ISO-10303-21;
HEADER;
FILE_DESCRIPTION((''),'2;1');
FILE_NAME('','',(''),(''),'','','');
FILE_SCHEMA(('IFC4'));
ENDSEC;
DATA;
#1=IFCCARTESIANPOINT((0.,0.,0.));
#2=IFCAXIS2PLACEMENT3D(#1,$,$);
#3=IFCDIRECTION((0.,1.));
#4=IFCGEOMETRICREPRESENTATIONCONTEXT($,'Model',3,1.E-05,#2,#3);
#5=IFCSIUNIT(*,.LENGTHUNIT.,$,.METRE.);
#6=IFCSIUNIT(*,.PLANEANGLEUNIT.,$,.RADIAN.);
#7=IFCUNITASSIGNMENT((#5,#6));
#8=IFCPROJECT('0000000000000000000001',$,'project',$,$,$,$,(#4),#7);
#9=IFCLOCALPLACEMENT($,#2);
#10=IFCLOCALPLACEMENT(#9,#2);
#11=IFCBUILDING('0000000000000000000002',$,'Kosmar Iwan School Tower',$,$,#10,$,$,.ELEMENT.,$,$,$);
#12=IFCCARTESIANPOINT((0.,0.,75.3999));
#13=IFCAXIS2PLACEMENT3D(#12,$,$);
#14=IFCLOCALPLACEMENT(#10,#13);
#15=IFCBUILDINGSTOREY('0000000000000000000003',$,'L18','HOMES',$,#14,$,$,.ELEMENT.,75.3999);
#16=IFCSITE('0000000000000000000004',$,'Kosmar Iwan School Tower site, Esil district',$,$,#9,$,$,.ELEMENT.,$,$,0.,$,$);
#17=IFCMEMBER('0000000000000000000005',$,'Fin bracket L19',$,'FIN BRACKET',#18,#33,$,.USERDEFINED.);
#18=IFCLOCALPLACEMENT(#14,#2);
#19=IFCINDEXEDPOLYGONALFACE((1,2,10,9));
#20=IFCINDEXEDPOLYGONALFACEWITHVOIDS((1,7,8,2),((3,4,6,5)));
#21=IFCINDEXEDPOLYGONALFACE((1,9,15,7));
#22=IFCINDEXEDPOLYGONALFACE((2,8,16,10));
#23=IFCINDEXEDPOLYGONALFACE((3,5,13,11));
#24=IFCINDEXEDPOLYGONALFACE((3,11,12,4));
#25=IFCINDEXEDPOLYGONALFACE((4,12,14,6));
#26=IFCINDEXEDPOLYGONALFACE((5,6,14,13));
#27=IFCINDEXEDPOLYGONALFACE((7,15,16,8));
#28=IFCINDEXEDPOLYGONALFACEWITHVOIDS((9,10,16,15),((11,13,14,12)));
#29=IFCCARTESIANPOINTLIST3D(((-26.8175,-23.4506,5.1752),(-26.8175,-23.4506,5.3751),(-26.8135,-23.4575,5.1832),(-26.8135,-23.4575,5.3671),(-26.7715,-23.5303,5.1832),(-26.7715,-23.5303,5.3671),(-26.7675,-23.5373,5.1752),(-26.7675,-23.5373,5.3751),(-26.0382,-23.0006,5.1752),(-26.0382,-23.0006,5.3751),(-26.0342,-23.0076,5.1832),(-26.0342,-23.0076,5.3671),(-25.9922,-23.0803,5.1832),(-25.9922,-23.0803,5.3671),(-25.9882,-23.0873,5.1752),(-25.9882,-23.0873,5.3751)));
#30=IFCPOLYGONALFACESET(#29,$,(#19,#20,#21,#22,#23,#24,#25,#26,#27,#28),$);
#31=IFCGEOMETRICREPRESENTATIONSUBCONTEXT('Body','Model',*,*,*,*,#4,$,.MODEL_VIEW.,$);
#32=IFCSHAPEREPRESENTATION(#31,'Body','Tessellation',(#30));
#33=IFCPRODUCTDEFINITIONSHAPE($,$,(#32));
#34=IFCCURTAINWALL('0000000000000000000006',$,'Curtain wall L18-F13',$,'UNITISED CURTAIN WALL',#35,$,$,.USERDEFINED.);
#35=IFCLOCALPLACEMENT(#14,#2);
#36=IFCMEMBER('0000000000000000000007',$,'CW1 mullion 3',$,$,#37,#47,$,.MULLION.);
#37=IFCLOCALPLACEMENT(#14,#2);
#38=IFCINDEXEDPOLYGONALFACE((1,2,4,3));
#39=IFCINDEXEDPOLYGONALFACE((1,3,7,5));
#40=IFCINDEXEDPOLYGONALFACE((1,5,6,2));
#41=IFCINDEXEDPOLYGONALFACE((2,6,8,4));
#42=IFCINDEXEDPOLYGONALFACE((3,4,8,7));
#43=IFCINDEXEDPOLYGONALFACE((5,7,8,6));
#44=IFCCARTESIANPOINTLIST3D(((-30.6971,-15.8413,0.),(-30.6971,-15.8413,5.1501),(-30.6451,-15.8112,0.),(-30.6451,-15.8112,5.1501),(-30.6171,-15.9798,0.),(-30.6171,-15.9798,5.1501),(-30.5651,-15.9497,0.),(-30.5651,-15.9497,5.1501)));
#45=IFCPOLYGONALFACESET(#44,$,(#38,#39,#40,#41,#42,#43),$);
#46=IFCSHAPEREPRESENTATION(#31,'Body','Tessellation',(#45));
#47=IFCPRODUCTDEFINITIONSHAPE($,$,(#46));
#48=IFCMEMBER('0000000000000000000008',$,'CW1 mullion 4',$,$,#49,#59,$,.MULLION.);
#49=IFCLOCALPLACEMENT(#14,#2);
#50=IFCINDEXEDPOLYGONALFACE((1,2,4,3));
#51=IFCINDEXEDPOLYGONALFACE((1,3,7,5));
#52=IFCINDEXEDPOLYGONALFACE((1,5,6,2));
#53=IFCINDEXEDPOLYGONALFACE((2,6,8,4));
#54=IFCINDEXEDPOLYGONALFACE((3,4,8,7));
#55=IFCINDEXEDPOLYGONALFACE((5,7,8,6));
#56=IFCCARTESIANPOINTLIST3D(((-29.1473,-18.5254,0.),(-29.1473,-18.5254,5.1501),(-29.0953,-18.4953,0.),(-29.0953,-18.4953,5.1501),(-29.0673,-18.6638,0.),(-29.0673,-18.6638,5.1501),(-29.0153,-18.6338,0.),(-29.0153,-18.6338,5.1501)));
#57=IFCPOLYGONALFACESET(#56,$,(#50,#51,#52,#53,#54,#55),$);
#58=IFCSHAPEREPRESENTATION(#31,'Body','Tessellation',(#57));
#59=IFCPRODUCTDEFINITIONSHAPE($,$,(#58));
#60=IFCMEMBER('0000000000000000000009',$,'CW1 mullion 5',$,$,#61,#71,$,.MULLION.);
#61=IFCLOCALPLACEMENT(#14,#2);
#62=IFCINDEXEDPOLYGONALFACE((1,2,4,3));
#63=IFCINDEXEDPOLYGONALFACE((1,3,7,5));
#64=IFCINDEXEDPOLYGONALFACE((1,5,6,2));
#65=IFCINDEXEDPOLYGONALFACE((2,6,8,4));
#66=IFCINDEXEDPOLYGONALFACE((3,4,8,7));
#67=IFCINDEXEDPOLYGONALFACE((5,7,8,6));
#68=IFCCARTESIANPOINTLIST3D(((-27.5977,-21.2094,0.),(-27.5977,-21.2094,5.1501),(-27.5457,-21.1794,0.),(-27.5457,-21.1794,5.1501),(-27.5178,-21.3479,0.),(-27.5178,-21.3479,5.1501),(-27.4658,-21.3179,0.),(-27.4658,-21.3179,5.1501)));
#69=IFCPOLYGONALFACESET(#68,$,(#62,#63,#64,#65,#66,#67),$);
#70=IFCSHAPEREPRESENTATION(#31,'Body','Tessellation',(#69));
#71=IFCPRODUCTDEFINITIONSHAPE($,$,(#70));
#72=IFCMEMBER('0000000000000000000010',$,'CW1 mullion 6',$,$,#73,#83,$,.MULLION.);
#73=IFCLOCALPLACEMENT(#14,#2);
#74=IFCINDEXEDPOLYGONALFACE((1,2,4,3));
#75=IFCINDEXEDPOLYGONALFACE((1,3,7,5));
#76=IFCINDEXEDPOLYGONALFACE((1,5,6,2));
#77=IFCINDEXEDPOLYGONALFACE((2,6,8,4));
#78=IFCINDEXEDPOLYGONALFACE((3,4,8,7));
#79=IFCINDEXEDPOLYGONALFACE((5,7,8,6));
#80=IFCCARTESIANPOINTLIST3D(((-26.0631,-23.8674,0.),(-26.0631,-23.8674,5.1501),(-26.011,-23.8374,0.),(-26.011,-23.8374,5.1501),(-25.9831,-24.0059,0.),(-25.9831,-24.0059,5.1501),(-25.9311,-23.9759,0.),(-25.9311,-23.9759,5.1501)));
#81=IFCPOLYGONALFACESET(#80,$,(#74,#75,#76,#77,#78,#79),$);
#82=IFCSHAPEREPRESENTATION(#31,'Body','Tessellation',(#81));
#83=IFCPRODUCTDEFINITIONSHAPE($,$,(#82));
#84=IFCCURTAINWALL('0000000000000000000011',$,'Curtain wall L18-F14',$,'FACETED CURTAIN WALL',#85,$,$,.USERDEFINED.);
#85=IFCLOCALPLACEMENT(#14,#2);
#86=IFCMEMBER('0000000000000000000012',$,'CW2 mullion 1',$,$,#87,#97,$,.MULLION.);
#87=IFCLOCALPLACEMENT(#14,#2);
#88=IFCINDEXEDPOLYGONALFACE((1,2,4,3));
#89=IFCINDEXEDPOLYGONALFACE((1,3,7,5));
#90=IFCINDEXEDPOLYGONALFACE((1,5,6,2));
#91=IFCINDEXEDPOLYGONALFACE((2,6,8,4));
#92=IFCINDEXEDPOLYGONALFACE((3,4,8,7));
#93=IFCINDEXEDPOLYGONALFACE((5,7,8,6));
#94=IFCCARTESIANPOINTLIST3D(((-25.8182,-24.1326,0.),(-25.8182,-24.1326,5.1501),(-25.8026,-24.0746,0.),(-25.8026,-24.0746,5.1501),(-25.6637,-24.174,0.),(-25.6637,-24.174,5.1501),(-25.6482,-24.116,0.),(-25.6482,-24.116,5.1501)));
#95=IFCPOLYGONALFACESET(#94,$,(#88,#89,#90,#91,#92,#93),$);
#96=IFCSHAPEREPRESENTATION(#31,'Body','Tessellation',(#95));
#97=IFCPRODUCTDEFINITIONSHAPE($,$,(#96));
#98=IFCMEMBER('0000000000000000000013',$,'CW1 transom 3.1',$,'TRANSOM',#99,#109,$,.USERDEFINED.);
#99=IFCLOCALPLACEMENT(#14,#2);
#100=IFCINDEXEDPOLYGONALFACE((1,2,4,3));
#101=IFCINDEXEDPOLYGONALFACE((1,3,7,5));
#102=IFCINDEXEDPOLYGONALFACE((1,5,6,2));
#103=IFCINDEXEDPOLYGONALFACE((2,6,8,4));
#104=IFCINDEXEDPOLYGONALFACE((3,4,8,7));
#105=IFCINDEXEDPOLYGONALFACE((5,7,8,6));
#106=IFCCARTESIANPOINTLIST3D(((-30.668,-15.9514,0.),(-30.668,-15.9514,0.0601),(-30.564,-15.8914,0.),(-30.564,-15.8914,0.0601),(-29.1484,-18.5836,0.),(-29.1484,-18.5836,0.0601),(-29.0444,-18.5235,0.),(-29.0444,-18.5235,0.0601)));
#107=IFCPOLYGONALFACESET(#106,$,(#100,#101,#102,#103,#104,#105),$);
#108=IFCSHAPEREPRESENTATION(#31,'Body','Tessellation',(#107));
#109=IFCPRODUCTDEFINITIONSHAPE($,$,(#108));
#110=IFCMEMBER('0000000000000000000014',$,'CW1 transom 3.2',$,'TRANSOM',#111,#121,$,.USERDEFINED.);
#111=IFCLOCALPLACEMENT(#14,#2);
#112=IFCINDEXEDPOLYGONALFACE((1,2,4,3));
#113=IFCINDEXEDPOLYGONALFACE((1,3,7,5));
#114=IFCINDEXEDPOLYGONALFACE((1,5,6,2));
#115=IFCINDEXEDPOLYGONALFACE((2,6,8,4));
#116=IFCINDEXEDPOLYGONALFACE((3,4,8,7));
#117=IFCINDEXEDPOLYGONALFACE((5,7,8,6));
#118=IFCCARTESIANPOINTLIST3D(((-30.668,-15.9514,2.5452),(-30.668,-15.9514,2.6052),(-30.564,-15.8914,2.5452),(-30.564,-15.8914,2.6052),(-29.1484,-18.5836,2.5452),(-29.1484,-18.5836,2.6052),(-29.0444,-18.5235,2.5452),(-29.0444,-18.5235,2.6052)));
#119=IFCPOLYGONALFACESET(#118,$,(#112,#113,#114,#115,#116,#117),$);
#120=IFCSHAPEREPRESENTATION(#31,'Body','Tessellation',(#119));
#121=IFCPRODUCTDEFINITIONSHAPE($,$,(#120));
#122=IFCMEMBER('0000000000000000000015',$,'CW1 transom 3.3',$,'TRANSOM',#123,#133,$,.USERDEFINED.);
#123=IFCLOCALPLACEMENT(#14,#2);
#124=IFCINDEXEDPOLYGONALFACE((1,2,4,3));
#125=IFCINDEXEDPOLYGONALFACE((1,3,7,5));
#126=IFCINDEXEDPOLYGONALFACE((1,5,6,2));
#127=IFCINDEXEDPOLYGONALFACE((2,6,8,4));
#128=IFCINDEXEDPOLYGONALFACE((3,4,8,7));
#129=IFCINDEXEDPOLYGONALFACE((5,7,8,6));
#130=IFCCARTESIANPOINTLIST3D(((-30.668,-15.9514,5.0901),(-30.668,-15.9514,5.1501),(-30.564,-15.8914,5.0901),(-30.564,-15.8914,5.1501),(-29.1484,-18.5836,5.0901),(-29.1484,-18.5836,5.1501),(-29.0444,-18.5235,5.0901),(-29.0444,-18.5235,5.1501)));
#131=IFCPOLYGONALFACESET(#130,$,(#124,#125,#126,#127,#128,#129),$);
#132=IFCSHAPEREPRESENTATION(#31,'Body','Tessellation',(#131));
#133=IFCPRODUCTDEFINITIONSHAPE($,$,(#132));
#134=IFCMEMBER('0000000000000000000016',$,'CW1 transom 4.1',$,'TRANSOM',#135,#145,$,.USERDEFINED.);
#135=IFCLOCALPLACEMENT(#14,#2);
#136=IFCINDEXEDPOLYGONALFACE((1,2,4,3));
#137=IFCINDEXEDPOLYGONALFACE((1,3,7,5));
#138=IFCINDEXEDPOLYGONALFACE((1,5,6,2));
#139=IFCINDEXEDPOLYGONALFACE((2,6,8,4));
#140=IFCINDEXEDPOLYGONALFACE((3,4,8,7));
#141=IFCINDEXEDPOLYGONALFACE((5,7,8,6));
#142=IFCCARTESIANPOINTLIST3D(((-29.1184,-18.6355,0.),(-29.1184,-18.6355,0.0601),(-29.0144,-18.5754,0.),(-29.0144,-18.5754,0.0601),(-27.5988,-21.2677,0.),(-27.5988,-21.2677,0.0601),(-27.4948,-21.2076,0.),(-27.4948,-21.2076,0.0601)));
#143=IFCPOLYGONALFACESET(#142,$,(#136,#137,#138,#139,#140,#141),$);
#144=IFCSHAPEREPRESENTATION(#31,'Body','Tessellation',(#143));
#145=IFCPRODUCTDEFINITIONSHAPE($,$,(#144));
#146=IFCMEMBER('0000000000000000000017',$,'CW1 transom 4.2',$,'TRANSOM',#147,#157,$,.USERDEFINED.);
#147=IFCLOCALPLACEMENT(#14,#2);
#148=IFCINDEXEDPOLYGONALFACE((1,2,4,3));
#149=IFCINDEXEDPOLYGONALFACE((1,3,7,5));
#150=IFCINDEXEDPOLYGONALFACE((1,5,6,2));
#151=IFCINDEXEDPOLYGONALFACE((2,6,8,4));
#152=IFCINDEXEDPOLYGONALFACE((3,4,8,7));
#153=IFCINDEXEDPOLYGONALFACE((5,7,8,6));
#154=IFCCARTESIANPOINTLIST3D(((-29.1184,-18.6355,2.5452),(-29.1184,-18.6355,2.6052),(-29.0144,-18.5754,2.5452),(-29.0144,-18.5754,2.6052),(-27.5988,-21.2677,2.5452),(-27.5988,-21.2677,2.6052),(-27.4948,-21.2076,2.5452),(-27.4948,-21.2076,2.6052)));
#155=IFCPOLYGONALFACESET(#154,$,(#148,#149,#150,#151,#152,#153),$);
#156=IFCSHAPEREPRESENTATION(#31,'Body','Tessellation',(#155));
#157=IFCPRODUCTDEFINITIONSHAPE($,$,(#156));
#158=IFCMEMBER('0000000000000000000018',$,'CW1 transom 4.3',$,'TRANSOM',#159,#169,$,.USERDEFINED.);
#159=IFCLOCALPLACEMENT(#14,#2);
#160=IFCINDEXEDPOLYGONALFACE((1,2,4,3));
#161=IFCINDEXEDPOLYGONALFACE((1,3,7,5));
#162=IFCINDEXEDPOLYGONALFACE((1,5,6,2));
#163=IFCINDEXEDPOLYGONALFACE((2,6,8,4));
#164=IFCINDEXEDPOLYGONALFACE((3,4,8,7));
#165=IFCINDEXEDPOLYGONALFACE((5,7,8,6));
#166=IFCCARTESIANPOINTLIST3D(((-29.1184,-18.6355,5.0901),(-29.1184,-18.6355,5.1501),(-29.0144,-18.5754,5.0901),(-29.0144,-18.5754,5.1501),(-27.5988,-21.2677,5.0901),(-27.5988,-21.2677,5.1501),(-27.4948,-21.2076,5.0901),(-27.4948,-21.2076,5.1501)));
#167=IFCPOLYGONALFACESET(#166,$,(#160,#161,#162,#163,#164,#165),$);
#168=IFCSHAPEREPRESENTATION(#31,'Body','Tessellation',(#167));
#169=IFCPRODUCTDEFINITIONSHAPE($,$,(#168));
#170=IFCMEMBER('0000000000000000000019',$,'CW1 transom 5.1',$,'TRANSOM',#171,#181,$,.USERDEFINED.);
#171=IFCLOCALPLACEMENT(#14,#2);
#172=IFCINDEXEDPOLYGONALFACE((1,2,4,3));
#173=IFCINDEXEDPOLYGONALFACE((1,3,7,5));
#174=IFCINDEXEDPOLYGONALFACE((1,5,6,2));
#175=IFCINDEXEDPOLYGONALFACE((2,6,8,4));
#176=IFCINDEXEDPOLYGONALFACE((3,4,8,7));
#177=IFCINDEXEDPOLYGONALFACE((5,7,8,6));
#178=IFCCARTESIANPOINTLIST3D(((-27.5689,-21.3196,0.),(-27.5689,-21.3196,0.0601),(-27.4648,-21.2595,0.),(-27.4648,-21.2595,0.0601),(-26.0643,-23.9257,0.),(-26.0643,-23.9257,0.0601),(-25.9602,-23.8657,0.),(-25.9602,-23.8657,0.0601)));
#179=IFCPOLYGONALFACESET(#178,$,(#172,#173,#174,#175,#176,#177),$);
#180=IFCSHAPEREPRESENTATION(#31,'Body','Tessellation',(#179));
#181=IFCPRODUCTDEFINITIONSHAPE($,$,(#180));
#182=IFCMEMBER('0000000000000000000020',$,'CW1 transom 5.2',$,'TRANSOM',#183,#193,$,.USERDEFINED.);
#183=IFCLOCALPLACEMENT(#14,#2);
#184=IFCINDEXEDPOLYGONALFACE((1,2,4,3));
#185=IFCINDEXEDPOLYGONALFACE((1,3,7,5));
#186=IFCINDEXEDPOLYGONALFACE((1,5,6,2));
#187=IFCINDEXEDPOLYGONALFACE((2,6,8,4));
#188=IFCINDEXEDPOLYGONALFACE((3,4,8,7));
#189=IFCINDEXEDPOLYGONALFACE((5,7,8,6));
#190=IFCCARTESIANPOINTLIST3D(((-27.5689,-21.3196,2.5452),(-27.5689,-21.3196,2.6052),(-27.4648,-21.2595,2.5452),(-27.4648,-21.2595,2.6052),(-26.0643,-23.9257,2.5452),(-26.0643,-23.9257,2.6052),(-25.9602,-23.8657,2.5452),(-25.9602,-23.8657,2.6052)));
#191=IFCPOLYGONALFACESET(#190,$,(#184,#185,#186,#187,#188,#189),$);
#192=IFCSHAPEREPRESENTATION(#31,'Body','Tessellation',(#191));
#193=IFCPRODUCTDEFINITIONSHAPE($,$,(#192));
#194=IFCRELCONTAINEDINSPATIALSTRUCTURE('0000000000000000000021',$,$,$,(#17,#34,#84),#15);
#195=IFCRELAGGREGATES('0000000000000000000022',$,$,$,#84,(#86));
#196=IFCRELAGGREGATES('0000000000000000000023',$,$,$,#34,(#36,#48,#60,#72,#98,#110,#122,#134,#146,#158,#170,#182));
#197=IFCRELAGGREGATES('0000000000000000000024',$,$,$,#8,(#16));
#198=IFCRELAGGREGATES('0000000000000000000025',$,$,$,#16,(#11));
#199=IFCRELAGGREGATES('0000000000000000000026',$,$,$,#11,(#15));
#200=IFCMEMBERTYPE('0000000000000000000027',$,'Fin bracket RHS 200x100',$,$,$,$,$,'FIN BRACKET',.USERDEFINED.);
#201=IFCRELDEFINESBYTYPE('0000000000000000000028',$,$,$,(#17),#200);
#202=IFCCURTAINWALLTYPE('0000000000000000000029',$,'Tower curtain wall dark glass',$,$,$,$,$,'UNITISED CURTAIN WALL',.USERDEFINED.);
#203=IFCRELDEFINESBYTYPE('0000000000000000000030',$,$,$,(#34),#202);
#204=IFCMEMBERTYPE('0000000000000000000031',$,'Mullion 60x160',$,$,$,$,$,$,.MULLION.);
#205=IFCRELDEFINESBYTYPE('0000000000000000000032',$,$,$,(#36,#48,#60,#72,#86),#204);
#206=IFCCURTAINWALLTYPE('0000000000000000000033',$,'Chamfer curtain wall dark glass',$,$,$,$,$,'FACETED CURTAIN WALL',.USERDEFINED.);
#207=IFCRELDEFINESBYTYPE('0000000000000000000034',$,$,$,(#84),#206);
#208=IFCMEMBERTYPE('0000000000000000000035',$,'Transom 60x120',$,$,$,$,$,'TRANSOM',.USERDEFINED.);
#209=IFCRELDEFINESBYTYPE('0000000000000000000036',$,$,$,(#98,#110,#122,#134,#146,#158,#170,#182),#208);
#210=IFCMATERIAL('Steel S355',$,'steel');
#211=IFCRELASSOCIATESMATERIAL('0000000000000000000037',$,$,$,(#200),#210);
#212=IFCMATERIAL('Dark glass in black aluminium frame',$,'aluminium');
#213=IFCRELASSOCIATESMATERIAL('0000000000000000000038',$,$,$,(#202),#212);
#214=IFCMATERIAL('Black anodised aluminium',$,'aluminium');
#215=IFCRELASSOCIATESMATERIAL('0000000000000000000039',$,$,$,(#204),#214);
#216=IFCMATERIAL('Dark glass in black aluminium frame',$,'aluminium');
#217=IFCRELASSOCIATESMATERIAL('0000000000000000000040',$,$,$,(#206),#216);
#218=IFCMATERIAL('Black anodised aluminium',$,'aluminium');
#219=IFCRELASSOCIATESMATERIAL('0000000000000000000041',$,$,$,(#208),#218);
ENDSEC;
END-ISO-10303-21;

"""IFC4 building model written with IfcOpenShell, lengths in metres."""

from ifc_helpers import new_model, si_unit, direction, frame, origin, origin_2d, place, context, subcontext, project, spatial, rectangle, hollow_rectangle, extrude, material, material_profile, profile_set, type_object, element, aggregate, save


model = new_model("IFC4")

# Units and contexts
model_context = context("Model", 3, precision=1e-05, world=origin(), true_north=direction((0.0, 1.0)))
body_context = subcontext(model_context, "Body", "Model", "MODEL_VIEW")
ifc_project = project(units=[si_unit("LENGTHUNIT", "METRE"), si_unit("PLANEANGLEUNIT", "RADIAN")], contexts=[model_context])

# Site, building, storey
site_placement = place(None, origin())
site = spatial("IfcSite", under=ifc_project, at=site_placement, Name="Kosmar Iwan School Tower site, Esil district", CompositionType="ELEMENT", RefElevation=0.0)
building_placement = place(site_placement, origin())
building = spatial("IfcBuilding", under=site, at=building_placement, Name="Kosmar Iwan School Tower", CompositionType="ELEMENT")
storey_placement = place(building_placement, frame((0.0, 0.0, 75.3999)))
storey = spatial("IfcBuildingStorey", under=building, at=storey_placement, Name="L18", Description="HOMES", CompositionType="ELEMENT", Elevation=75.3999)

# Member
ifc_material_1 = material(Name="Steel S355", Category="steel")
ifc_material_profile_1 = material_profile(ifc_material_1, hollow_rectangle(XDim=0.1001, YDim=0.2, WallThickness=0.0081, at=origin_2d()), Name="RHS 200x100x8")
ifc_profile_set_1 = profile_set([ifc_material_profile_1], Name="Steel S355")
member_type_1 = type_object("IfcMemberType", Name="Fin bracket RHS 200x100", ElementType="FIN BRACKET", PredefinedType="USERDEFINED", material=ifc_profile_set_1)
member_1_placement = place(storey_placement, frame((-26.0132, -23.0439, 5.2751), z_axis=(-0.866014, -0.50002, 0.0), x_axis=(0.50002, -0.866014, 0.0)))
element("IfcMember", 1, at=member_1_placement, inside=storey, type_object=member_type_1, Name="Fin bracket L19", ObjectType="FIN BRACKET", PredefinedType="USERDEFINED", context=body_context, shape_type="SweptSolid", body=[
    extrude(hollow_rectangle(XDim=0.1001, YDim=0.2, WallThickness=0.0081, at=origin_2d()), origin(), (0.0, 0.0, 1.0), 0.8999),
])

# Curtain wall, members
ifc_material_2 = material(Name="Dark glass in black aluminium frame", Category="aluminium")
curtain_wall_type_1 = type_object("IfcCurtainWallType", Name="Tower curtain wall dark glass", ElementType="UNITISED CURTAIN WALL", PredefinedType="USERDEFINED", material=ifc_material_2)
curtain_wall_1_placement = place(storey_placement, origin())
curtain_wall_1 = element("IfcCurtainWall", 2, at=curtain_wall_1_placement, inside=storey, type_object=curtain_wall_type_1, Name="Curtain wall L18-F13", ObjectType="UNITISED CURTAIN WALL", PredefinedType="USERDEFINED")
ifc_material_3 = material(Name="Black anodised aluminium", Category="aluminium")
ifc_material_profile_2 = material_profile(ifc_material_3, rectangle(XDim=0.0601, YDim=0.1599, at=origin_2d()), Name="MULLION 60x160")
ifc_profile_set_2 = profile_set([ifc_material_profile_2], Name="Black anodised aluminium")
member_type_2 = type_object("IfcMemberType", Name="Mullion 60x160", PredefinedType="MULLION", material=ifc_profile_set_2)
member_2_placement = place(storey_placement, frame((-30.6311, -15.8955, 0.0), z_axis=(0.0, 0.0, 1.0), x_axis=(0.866025, 0.5, 0.0)))
member_2 = element("IfcMember", 3, at=member_2_placement, type_object=member_type_2, Name="CW1 mullion 3", PredefinedType="MULLION", context=body_context, shape_type="SweptSolid", body=[
    extrude(rectangle(XDim=0.0601, YDim=0.1599, at=origin_2d()), origin(), (0.0, 0.0, 1.0), 5.1501),
])
member_3_placement = place(storey_placement, frame((-29.0813, -18.5796, 0.0), z_axis=(0.0, 0.0, 1.0), x_axis=(0.866025, 0.5, 0.0)))
member_3 = element("IfcMember", 4, at=member_3_placement, type_object=member_type_2, Name="CW1 mullion 4", PredefinedType="MULLION", context=body_context, shape_type="SweptSolid", body=[
    extrude(rectangle(XDim=0.0601, YDim=0.1599, at=origin_2d()), origin(), (0.0, 0.0, 1.0), 5.1501),
])
member_4_placement = place(storey_placement, frame((-27.5317, -21.2637, 0.0), z_axis=(0.0, 0.0, 1.0), x_axis=(0.866025, 0.5, 0.0)))
member_4 = element("IfcMember", 5, at=member_4_placement, type_object=member_type_2, Name="CW1 mullion 5", PredefinedType="MULLION", context=body_context, shape_type="SweptSolid", body=[
    extrude(rectangle(XDim=0.0601, YDim=0.1599, at=origin_2d()), origin(), (0.0, 0.0, 1.0), 5.1501),
])
member_5_placement = place(storey_placement, frame((-25.9971, -23.9216, 0.0), z_axis=(0.0, 0.0, 1.0), x_axis=(0.866025, 0.5, 0.0)))
member_5 = element("IfcMember", 6, at=member_5_placement, type_object=member_type_2, Name="CW1 mullion 6", PredefinedType="MULLION", context=body_context, shape_type="SweptSolid", body=[
    extrude(rectangle(XDim=0.0601, YDim=0.1599, at=origin_2d()), origin(), (0.0, 0.0, 1.0), 5.1501),
])

# Curtain wall, member
ifc_material_4 = material(Name="Dark glass in black aluminium frame", Category="aluminium")
curtain_wall_type_2 = type_object("IfcCurtainWallType", Name="Chamfer curtain wall dark glass", ElementType="FACETED CURTAIN WALL", PredefinedType="USERDEFINED", material=ifc_material_4)
curtain_wall_2_placement = place(storey_placement, origin())
curtain_wall_2 = element("IfcCurtainWall", 7, at=curtain_wall_2_placement, inside=storey, type_object=curtain_wall_type_2, Name="Curtain wall L18-F14", ObjectType="FACETED CURTAIN WALL", PredefinedType="USERDEFINED")
member_6_placement = place(storey_placement, frame((-25.7332, -24.1243, 0.0), z_axis=(0.0, 0.0, 1.0), x_axis=(0.258819, 0.965926, 0.0)))
member_6 = element("IfcMember", 8, at=member_6_placement, type_object=member_type_2, Name="CW2 mullion 1", PredefinedType="MULLION", context=body_context, shape_type="SweptSolid", body=[
    extrude(rectangle(XDim=0.0601, YDim=0.1599, at=origin_2d()), origin(), (0.0, 0.0, 1.0), 5.1501),
])

# Members
ifc_material_5 = material(Name="Black anodised aluminium", Category="aluminium")
ifc_material_profile_3 = material_profile(ifc_material_5, rectangle(XDim=0.1201, YDim=0.0601, at=origin_2d()), Name="TRANSOM 60x120")
ifc_profile_set_3 = profile_set([ifc_material_profile_3], Name="Black anodised aluminium")
member_type_3 = type_object("IfcMemberType", Name="Transom 60x120", ElementType="TRANSOM", PredefinedType="USERDEFINED", material=ifc_profile_set_3)
member_7_placement = place(storey_placement, frame((-30.616, -15.9214, 0.03), z_axis=(0.499975, -0.86604, 0.0), x_axis=(0.86604, 0.499975, 0.0)))
member_7 = element("IfcMember", 9, at=member_7_placement, type_object=member_type_3, Name="CW1 transom 3.1", ObjectType="TRANSOM", PredefinedType="USERDEFINED", context=body_context, shape_type="SweptSolid", body=[
    extrude(rectangle(XDim=0.1201, YDim=0.0601, at=origin_2d()), origin(), (0.0, 0.0, 1.0), 3.0393),
])
member_8_placement = place(storey_placement, frame((-30.616, -15.9214, 2.5752), z_axis=(0.499975, -0.86604, 0.0), x_axis=(0.86604, 0.499975, 0.0)))
member_8 = element("IfcMember", 10, at=member_8_placement, type_object=member_type_3, Name="CW1 transom 3.2", ObjectType="TRANSOM", PredefinedType="USERDEFINED", context=body_context, shape_type="SweptSolid", body=[
    extrude(rectangle(XDim=0.1201, YDim=0.0601, at=origin_2d()), origin(), (0.0, 0.0, 1.0), 3.0393),
])
member_9_placement = place(storey_placement, frame((-30.616, -15.9214, 5.1201), z_axis=(0.499975, -0.86604, 0.0), x_axis=(0.86604, 0.499975, 0.0)))
member_9 = element("IfcMember", 11, at=member_9_placement, type_object=member_type_3, Name="CW1 transom 3.3", ObjectType="TRANSOM", PredefinedType="USERDEFINED", context=body_context, shape_type="SweptSolid", body=[
    extrude(rectangle(XDim=0.1201, YDim=0.0601, at=origin_2d()), origin(), (0.0, 0.0, 1.0), 3.0393),
])
member_10_placement = place(storey_placement, frame((-29.0664, -18.6055, 0.03), z_axis=(0.499975, -0.86604, 0.0), x_axis=(0.86604, 0.499975, 0.0)))
member_10 = element("IfcMember", 12, at=member_10_placement, type_object=member_type_3, Name="CW1 transom 4.1", ObjectType="TRANSOM", PredefinedType="USERDEFINED", context=body_context, shape_type="SweptSolid", body=[
    extrude(rectangle(XDim=0.1201, YDim=0.0601, at=origin_2d()), origin(), (0.0, 0.0, 1.0), 3.0393),
])
member_11_placement = place(storey_placement, frame((-29.0664, -18.6055, 2.5752), z_axis=(0.499975, -0.86604, 0.0), x_axis=(0.86604, 0.499975, 0.0)))
member_11 = element("IfcMember", 13, at=member_11_placement, type_object=member_type_3, Name="CW1 transom 4.2", ObjectType="TRANSOM", PredefinedType="USERDEFINED", context=body_context, shape_type="SweptSolid", body=[
    extrude(rectangle(XDim=0.1201, YDim=0.0601, at=origin_2d()), origin(), (0.0, 0.0, 1.0), 3.0393),
])
member_12_placement = place(storey_placement, frame((-29.0664, -18.6055, 5.1201), z_axis=(0.499975, -0.86604, 0.0), x_axis=(0.86604, 0.499975, 0.0)))
member_12 = element("IfcMember", 14, at=member_12_placement, type_object=member_type_3, Name="CW1 transom 4.3", ObjectType="TRANSOM", PredefinedType="USERDEFINED", context=body_context, shape_type="SweptSolid", body=[
    extrude(rectangle(XDim=0.1201, YDim=0.0601, at=origin_2d()), origin(), (0.0, 0.0, 1.0), 3.0393),
])
member_13_placement = place(storey_placement, frame((-27.5168, -21.2896, 0.03), z_axis=(0.499987, -0.866033, 0.0), x_axis=(0.866033, 0.499987, 0.0)))
member_13 = element("IfcMember", 15, at=member_13_placement, type_object=member_type_3, Name="CW1 transom 5.1", ObjectType="TRANSOM", PredefinedType="USERDEFINED", context=body_context, shape_type="SweptSolid", body=[
    extrude(rectangle(XDim=0.1201, YDim=0.0601, at=origin_2d()), origin(), (0.0, 0.0, 1.0), 3.0093),
])
member_14_placement = place(storey_placement, frame((-27.5168, -21.2896, 2.5752), z_axis=(0.499987, -0.866033, 0.0), x_axis=(0.866033, 0.499987, 0.0)))
member_14 = element("IfcMember", 16, at=member_14_placement, type_object=member_type_3, Name="CW1 transom 5.2", ObjectType="TRANSOM", PredefinedType="USERDEFINED", context=body_context, shape_type="SweptSolid", body=[
    extrude(rectangle(XDim=0.1201, YDim=0.0601, at=origin_2d()), origin(), (0.0, 0.0, 1.0), 3.0093),
])
aggregate(curtain_wall_2, [member_6])

aggregate(curtain_wall_1, [member_2, member_3, member_4, member_5, member_7, member_8, member_9, member_10, member_11, member_12, member_13, member_14])

save(model, "model.ifc")
